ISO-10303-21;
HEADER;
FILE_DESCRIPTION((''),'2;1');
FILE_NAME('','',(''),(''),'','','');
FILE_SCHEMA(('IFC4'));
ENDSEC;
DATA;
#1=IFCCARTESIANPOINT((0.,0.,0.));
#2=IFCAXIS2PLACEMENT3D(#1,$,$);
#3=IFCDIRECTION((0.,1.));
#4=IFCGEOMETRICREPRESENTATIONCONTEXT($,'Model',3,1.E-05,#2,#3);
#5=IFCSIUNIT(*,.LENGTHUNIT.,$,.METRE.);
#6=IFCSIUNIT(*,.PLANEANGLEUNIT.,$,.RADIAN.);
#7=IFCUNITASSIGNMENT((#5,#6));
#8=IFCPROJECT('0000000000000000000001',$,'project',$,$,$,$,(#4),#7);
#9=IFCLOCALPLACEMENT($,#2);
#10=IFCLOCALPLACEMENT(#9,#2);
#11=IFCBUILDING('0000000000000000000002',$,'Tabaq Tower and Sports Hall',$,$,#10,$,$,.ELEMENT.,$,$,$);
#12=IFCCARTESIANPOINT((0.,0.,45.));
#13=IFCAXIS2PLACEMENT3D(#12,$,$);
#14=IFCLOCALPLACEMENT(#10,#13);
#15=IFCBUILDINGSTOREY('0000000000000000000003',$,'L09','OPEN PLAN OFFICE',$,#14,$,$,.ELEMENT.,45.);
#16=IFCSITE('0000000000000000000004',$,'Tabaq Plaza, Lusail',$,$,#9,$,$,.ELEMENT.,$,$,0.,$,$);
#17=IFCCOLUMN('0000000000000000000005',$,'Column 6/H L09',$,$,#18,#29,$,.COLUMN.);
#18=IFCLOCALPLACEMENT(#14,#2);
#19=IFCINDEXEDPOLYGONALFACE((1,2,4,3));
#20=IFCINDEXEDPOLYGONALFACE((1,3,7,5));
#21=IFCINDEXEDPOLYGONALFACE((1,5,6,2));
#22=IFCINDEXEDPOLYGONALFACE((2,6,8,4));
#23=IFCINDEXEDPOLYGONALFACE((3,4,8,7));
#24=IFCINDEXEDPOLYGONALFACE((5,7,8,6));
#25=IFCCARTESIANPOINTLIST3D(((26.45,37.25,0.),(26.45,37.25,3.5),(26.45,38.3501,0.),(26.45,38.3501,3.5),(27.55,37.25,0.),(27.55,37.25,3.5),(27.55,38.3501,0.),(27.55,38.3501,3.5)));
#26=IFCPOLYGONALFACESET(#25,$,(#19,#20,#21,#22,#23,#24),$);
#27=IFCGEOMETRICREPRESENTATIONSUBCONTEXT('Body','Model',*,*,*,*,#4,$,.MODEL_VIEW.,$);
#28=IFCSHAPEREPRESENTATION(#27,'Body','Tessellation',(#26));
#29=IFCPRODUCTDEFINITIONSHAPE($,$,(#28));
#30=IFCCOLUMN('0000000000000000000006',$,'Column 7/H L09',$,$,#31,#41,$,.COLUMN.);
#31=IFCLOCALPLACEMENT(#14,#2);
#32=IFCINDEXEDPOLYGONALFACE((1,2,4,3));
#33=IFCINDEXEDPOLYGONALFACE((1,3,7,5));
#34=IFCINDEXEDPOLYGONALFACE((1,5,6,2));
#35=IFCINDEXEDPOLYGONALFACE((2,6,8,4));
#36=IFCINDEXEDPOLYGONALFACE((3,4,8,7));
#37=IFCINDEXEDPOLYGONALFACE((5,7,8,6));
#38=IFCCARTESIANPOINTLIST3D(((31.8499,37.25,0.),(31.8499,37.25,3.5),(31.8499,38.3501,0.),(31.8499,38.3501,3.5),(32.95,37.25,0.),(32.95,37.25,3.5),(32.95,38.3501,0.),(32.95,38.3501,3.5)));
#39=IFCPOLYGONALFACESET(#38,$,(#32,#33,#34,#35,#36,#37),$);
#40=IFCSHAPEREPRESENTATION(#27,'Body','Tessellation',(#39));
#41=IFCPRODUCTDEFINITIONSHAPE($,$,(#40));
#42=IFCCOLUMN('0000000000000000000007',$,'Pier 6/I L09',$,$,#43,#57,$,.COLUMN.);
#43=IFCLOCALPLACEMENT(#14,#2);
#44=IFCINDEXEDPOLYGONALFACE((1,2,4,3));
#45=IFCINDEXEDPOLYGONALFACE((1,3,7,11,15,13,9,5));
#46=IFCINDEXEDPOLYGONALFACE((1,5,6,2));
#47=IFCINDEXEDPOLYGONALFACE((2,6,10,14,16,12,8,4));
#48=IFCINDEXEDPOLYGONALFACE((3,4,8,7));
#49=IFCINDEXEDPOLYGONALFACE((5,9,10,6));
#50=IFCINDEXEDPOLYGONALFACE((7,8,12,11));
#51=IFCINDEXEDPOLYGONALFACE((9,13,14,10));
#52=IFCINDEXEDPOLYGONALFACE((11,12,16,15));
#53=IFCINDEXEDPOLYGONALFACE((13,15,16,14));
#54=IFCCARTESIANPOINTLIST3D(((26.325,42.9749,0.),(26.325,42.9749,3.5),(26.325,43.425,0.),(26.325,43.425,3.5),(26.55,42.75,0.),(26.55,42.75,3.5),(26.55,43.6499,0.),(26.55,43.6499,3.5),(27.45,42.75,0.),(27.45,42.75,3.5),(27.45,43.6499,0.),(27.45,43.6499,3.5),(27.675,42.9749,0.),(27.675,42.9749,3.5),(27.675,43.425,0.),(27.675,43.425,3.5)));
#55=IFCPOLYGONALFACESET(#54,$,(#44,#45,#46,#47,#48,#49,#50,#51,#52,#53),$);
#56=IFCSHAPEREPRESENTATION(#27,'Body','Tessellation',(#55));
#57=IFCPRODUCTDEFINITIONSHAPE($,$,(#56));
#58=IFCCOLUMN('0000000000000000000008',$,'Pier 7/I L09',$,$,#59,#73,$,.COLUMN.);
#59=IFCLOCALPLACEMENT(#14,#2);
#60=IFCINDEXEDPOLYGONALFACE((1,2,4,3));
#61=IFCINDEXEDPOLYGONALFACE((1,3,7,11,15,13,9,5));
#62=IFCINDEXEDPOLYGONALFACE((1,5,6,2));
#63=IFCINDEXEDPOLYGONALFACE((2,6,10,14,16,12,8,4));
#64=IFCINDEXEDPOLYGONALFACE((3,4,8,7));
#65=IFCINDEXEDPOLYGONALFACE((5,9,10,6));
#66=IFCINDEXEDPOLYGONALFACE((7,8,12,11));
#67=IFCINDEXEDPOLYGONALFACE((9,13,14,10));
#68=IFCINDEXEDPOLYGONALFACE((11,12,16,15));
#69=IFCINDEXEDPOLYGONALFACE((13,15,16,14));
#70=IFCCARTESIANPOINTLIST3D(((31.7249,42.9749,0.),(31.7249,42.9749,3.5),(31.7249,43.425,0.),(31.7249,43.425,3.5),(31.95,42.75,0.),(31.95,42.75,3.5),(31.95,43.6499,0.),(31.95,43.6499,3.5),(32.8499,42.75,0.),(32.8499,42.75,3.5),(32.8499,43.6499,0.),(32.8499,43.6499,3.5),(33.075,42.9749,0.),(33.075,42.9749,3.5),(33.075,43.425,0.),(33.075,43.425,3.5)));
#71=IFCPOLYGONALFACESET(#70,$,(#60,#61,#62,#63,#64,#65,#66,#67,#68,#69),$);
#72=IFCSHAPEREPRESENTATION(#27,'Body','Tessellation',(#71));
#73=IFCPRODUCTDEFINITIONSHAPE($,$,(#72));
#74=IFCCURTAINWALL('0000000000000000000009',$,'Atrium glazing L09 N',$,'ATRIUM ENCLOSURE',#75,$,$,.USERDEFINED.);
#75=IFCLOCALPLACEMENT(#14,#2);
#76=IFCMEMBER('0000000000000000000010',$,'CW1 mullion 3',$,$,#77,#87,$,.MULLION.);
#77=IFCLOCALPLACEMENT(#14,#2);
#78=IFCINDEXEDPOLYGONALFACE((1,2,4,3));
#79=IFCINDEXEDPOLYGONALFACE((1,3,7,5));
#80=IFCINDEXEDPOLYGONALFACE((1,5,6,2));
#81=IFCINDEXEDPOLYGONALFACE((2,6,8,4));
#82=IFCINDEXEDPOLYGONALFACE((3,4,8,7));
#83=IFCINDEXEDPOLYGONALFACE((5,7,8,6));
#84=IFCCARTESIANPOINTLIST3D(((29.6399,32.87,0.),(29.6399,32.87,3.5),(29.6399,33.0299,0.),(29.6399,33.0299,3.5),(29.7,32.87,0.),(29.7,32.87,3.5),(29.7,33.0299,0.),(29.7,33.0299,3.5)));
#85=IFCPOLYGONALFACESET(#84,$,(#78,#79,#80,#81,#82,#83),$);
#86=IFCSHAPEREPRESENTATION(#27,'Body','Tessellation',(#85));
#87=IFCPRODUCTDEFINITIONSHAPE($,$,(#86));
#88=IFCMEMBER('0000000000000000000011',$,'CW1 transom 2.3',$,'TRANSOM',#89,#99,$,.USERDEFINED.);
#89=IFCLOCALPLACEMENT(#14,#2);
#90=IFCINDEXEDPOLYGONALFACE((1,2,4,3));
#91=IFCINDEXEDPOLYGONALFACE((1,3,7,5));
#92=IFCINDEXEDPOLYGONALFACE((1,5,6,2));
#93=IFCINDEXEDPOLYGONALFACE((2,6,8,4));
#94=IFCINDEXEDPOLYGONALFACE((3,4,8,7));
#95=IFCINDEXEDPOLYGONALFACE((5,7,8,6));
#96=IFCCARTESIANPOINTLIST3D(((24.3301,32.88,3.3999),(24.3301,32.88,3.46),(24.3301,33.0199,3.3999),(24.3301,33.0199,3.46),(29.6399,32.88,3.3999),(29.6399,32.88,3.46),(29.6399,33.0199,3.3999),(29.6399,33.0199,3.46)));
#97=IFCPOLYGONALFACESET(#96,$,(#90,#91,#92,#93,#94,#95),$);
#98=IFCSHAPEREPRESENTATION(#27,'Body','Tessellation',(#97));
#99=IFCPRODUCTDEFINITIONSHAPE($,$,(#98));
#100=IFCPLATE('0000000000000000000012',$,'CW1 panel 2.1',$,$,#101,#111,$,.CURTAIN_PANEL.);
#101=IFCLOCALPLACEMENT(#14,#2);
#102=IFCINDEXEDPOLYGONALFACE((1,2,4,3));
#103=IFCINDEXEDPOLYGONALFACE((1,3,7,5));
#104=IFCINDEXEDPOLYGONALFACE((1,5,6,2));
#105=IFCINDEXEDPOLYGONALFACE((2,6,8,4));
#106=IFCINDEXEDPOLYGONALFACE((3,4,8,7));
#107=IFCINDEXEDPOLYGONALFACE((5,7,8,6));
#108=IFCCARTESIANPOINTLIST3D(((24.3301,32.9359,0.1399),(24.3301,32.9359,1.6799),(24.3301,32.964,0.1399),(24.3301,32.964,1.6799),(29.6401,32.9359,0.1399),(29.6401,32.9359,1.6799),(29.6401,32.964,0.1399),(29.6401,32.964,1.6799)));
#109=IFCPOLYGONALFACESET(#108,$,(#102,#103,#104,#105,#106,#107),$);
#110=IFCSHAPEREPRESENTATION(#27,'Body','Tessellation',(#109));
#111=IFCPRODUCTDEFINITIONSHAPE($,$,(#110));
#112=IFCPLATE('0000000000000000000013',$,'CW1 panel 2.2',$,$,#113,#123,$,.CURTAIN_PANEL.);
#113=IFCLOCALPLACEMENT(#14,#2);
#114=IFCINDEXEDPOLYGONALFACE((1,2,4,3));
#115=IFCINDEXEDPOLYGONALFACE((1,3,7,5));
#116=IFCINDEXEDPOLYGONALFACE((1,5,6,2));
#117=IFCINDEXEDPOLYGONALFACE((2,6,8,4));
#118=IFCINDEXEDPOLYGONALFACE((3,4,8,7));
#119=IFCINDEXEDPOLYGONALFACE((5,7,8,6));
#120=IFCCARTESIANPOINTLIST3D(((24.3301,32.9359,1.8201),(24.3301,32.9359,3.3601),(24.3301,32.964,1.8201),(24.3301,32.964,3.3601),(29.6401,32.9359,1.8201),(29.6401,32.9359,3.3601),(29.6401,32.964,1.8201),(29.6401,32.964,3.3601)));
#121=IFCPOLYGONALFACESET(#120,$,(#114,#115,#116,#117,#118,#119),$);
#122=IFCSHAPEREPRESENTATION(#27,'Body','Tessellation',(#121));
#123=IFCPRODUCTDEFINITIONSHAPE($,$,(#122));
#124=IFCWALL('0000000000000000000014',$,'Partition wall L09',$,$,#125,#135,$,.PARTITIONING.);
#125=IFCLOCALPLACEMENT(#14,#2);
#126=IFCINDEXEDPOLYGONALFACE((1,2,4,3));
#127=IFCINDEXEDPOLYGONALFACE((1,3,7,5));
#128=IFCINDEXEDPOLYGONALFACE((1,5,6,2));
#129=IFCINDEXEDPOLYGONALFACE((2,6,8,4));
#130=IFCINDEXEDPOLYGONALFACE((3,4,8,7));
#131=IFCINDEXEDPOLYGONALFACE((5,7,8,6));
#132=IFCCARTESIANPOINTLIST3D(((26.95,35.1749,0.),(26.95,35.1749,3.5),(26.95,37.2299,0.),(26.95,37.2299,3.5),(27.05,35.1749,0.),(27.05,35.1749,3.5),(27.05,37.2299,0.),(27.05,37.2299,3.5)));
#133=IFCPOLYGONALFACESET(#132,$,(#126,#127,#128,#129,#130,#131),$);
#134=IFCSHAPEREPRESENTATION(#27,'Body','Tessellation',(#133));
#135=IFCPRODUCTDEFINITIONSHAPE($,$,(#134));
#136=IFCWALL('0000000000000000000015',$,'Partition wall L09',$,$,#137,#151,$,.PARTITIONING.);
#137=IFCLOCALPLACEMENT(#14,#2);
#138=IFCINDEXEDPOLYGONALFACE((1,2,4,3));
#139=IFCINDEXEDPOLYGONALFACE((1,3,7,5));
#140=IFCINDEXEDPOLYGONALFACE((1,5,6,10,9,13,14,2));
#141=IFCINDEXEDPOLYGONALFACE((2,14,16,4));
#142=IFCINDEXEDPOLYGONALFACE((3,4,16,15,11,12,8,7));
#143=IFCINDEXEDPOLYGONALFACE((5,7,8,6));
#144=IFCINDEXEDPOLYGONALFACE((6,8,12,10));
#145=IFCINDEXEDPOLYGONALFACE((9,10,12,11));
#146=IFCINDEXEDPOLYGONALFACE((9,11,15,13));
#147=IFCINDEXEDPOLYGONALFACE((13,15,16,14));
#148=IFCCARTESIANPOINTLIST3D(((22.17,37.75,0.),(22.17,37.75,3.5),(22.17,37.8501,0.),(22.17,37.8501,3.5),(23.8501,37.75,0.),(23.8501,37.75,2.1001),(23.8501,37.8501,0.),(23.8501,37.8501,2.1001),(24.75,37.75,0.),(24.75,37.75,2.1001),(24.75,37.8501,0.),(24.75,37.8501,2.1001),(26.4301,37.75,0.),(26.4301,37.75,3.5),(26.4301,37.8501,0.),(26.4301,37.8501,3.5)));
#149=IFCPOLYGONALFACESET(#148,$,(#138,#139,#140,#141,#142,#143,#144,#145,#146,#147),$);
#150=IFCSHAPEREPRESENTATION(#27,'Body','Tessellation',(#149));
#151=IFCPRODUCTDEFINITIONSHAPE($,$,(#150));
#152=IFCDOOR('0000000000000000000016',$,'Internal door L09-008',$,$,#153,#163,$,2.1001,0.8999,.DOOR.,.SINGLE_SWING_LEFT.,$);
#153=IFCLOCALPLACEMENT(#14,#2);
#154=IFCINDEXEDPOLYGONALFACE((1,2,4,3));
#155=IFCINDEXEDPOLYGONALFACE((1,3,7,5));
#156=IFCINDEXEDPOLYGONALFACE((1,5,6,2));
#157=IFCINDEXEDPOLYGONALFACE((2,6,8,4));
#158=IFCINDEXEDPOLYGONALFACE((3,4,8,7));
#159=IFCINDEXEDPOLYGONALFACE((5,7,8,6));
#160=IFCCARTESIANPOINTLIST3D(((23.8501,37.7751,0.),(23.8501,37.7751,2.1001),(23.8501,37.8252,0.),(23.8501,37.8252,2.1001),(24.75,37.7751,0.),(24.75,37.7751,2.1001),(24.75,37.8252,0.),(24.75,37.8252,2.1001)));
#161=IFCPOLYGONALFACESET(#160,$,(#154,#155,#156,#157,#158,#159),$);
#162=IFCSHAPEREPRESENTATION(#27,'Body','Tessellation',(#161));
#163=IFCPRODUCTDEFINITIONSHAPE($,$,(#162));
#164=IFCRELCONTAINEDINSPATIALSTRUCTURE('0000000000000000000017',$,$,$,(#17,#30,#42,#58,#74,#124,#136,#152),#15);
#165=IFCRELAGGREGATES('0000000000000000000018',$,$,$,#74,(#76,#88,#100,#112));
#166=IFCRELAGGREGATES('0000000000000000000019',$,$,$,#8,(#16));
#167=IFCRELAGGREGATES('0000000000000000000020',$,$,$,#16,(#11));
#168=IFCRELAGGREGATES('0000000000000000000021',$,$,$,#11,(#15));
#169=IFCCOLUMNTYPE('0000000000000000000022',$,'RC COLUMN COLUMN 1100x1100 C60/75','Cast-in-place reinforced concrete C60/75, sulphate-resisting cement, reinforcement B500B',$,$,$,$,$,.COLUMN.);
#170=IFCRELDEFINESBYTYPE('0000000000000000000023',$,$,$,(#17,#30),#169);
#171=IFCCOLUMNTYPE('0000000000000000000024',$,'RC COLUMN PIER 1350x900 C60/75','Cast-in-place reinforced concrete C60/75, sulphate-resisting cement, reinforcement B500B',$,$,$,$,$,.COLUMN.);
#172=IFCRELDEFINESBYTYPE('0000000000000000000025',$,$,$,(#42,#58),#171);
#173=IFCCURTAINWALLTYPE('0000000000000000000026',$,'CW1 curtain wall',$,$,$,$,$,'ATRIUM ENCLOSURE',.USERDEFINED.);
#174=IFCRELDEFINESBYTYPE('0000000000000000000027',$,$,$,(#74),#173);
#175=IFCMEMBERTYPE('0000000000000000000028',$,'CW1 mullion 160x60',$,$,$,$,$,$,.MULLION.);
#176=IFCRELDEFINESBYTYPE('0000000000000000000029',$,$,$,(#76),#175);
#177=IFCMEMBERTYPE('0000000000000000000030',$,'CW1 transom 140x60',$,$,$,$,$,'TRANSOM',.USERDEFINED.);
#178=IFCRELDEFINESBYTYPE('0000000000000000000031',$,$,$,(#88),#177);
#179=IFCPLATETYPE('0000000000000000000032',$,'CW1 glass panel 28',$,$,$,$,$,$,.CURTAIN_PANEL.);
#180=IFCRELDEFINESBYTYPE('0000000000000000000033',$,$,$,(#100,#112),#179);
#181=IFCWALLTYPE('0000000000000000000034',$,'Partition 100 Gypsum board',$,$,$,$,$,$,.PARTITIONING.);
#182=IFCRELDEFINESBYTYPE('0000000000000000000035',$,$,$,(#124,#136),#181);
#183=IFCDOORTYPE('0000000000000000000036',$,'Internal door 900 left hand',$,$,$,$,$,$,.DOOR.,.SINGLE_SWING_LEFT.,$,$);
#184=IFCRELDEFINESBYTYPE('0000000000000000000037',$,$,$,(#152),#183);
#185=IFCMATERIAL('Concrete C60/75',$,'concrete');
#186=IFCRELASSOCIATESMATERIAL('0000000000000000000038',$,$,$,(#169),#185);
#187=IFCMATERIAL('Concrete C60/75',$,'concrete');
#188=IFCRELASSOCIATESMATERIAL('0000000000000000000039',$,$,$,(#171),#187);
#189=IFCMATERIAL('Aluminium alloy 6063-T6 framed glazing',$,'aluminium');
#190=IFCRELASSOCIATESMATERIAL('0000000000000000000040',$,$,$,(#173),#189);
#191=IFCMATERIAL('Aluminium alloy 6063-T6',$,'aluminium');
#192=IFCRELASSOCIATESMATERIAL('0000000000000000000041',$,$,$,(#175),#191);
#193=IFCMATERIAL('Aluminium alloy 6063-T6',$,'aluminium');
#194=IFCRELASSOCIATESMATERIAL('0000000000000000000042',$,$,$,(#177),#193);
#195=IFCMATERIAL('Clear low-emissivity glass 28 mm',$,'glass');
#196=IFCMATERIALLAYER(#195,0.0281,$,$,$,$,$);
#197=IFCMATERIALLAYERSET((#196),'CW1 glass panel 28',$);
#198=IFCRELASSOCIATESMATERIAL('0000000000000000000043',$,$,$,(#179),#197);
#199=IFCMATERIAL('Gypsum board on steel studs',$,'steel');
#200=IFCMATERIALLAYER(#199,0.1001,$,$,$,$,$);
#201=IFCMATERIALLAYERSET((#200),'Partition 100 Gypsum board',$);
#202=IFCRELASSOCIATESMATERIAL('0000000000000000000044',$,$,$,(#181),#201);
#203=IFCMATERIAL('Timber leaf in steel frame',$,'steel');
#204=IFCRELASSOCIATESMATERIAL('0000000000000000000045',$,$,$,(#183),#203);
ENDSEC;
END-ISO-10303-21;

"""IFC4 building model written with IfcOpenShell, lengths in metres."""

from ifc_helpers import new_model, si_unit, direction, frame, frame_2d, origin, origin_2d, place, context, subcontext, project, spatial, polyline, rectangle, outline, extrude, material, layer, layer_set, material_profile, profile_set, type_object, element, fill, aggregate, save


model = new_model("IFC4")

# Units and contexts
model_context = context("Model", 3, precision=1e-05, world=origin(), true_north=direction((0.0, 1.0)))
body_context = subcontext(model_context, "Body", "Model", "MODEL_VIEW")
ifc_project = project(units=[si_unit("LENGTHUNIT", "METRE"), si_unit("PLANEANGLEUNIT", "RADIAN")], contexts=[model_context])

# Site, building, storey
site_placement = place(None, origin())
site = spatial("IfcSite", under=ifc_project, at=site_placement, Name="Tabaq Plaza, Lusail", CompositionType="ELEMENT", RefElevation=0.0)
building_placement = place(site_placement, origin())
building = spatial("IfcBuilding", under=site, at=building_placement, Name="Tabaq Tower and Sports Hall", CompositionType="ELEMENT")
storey_placement = place(building_placement, frame((0.0, 0.0, 45.0)))
storey = spatial("IfcBuildingStorey", under=building, at=storey_placement, Name="L09", Description="OPEN PLAN OFFICE", CompositionType="ELEMENT", Elevation=45.0)

# Columns
ifc_material_1 = material(Name="Concrete C60/75", Category="concrete")
ifc_material_profile_1 = material_profile(ifc_material_1, rectangle(XDim=1.1001, YDim=1.1001, at=origin_2d()), Name="COLUMN 1100x1100")
ifc_profile_set_1 = profile_set([ifc_material_profile_1], Name="Concrete C60/75")
column_type_1 = type_object("IfcColumnType", Name="RC COLUMN COLUMN 1100x1100 C60/75", Description="Cast-in-place reinforced concrete C60/75, sulphate-resisting cement, reinforcement B500B", PredefinedType="COLUMN", material=ifc_profile_set_1)
for number, where, z_axis, x_axis, name in (
    (1, (27.0, 37.8, 0.0), (0.0, 0.0, 1.0), (1.0, 0.0, 0.0), "Column 6/H L09"),
    (2, (32.3999, 37.8, 0.0), (0.0, 0.0, 1.0), (1.0, 0.0, 0.0), "Column 7/H L09"),
):
    element("IfcColumn", number, at=place(storey_placement, frame(where, z_axis=z_axis, x_axis=x_axis)), inside=storey, type_object=column_type_1, Name=name, PredefinedType="COLUMN", context=body_context, shape_type="SweptSolid", body=[
        extrude(rectangle(XDim=1.1001, YDim=1.1001, at=origin_2d()), origin(), (0.0, 0.0, 1.0), 3.5),
    ])
ifc_material_2 = material(Name="Concrete C60/75", Category="concrete")
ifc_material_profile_2 = material_profile(ifc_material_2, outline(polyline([(-0.45, -0.45), (0.45, -0.45), (0.675, -0.2251), (0.675, 0.2251), (0.45, 0.45), (-0.45, 0.45), (-0.675, 0.2251), (-0.675, -0.2251), (-0.45, -0.45)])), Name="PIER 1350x900")
ifc_profile_set_2 = profile_set([ifc_material_profile_2], Name="Concrete C60/75")
column_type_2 = type_object("IfcColumnType", Name="RC COLUMN PIER 1350x900 C60/75", Description="Cast-in-place reinforced concrete C60/75, sulphate-resisting cement, reinforcement B500B", PredefinedType="COLUMN", material=ifc_profile_set_2)
for number, where, z_axis, x_axis, name in (
    (3, (27.0, 43.2, 0.0), (0.0, 0.0, 1.0), (1.0, 0.0, 0.0), "Pier 6/I L09"),
    (4, (32.3999, 43.2, 0.0), (0.0, 0.0, 1.0), (1.0, 0.0, 0.0), "Pier 7/I L09"),
):
    element("IfcColumn", number, at=place(storey_placement, frame(where, z_axis=z_axis, x_axis=x_axis)), inside=storey, type_object=column_type_2, Name=name, PredefinedType="COLUMN", context=body_context, shape_type="SweptSolid", body=[
        extrude(outline(polyline([(-0.45, -0.45), (0.45, -0.45), (0.675, -0.2251), (0.675, 0.2251), (0.45, 0.45), (-0.45, 0.45), (-0.675, 0.2251), (-0.675, -0.2251), (-0.45, -0.45)])), origin(), (0.0, 0.0, 1.0), 3.5),
    ])

# Curtain wall, members, plates
ifc_material_3 = material(Name="Aluminium alloy 6063-T6 framed glazing", Category="aluminium")
curtain_wall_type = type_object("IfcCurtainWallType", Name="CW1 curtain wall", ElementType="ATRIUM ENCLOSURE", PredefinedType="USERDEFINED", material=ifc_material_3)
curtain_wall_placement = place(storey_placement, origin())
curtain_wall = element("IfcCurtainWall", 5, at=curtain_wall_placement, inside=storey, type_object=curtain_wall_type, Name="Atrium glazing L09 N", ObjectType="ATRIUM ENCLOSURE", PredefinedType="USERDEFINED")
ifc_material_4 = material(Name="Aluminium alloy 6063-T6", Category="aluminium")
ifc_material_profile_3 = material_profile(ifc_material_4, rectangle(XDim=0.1599, YDim=0.0601, at=origin_2d()), Name="MULLION 160x60")
ifc_profile_set_3 = profile_set([ifc_material_profile_3], Name="Aluminium alloy 6063-T6")
member_type_1 = type_object("IfcMemberType", Name="CW1 mullion 160x60", PredefinedType="MULLION", material=ifc_profile_set_3)
member_1_placement = place(storey_placement, frame((29.6699, 32.95, 0.0), z_axis=(0.0, 0.0, 1.0), x_axis=(0.0, 1.0, 0.0)))
member_1 = element("IfcMember", 6, at=member_1_placement, type_object=member_type_1, Name="CW1 mullion 3", PredefinedType="MULLION", context=body_context, shape_type="SweptSolid", body=[
    extrude(rectangle(XDim=0.1599, YDim=0.0601, at=origin_2d()), origin(), (0.0, 0.0, 1.0), 3.5),
])
ifc_material_5 = material(Name="Aluminium alloy 6063-T6", Category="aluminium")
ifc_material_profile_4 = material_profile(ifc_material_5, rectangle(XDim=0.1399, YDim=0.0601, at=origin_2d()), Name="TRANSOM 140x60")
ifc_profile_set_4 = profile_set([ifc_material_profile_4], Name="Aluminium alloy 6063-T6")
member_type_2 = type_object("IfcMemberType", Name="CW1 transom 140x60", ElementType="TRANSOM", PredefinedType="USERDEFINED", material=ifc_profile_set_4)
member_2_placement = place(storey_placement, frame((24.3301, 32.95, 3.4299), z_axis=(1.0, 0.0, 0.0), x_axis=(0.0, 1.0, 0.0)))
member_2 = element("IfcMember", 7, at=member_2_placement, type_object=member_type_2, Name="CW1 transom 2.3", ObjectType="TRANSOM", PredefinedType="USERDEFINED", context=body_context, shape_type="SweptSolid", body=[
    extrude(rectangle(XDim=0.1399, YDim=0.0601, at=origin_2d()), origin(), (0.0, 0.0, 1.0), 5.3098),
])
ifc_material_6 = material(Name="Clear low-emissivity glass 28 mm", Category="glass")
ifc_layer_1 = layer(ifc_material_6, 0.0281)
ifc_layer_set_1 = layer_set([ifc_layer_1], Name="CW1 glass panel 28")
plate_type = type_object("IfcPlateType", Name="CW1 glass panel 28", PredefinedType="CURTAIN_PANEL", material=ifc_layer_set_1)
plate_1_placement = place(storey_placement, frame((26.9851, 32.95, 0.1399), z_axis=(0.0, 0.0, 1.0), x_axis=(1.0, 0.0, 0.0)))
plate_1 = element("IfcPlate", 8, at=plate_1_placement, type_object=plate_type, Name="CW1 panel 2.1", PredefinedType="CURTAIN_PANEL", context=body_context, shape_type="SweptSolid", body=[
    extrude(rectangle(XDim=5.3101, YDim=0.0281, at=origin_2d()), origin(), (0.0, 0.0, 1.0), 1.54),
])
plate_2_placement = place(storey_placement, frame((26.9851, 32.95, 1.8201), z_axis=(0.0, 0.0, 1.0), x_axis=(1.0, 0.0, 0.0)))
plate_2 = element("IfcPlate", 9, at=plate_2_placement, type_object=plate_type, Name="CW1 panel 2.2", PredefinedType="CURTAIN_PANEL", context=body_context, shape_type="SweptSolid", body=[
    extrude(rectangle(XDim=5.3101, YDim=0.0281, at=origin_2d()), origin(), (0.0, 0.0, 1.0), 1.54),
])
aggregate(curtain_wall, [member_1, member_2, plate_1, plate_2])

# Wall
ifc_material_7 = material(Name="Gypsum board on steel studs", Category="steel")
ifc_layer_2 = layer(ifc_material_7, 0.1001)
ifc_layer_set_2 = layer_set([ifc_layer_2], Name="Partition 100 Gypsum board")
wall_type_1 = type_object("IfcWallType", Name="Partition 100 Gypsum board", PredefinedType="PARTITIONING", material=ifc_layer_set_2)
wall_1_placement = place(storey_placement, frame((27.0, 35.175, 0.0), z_axis=(0.0, 0.0, 1.0), x_axis=(0.0, 1.0, 0.0)))
element("IfcWall", 10, at=wall_1_placement, inside=storey, type_object=wall_type_1, Name="Partition wall L09", PredefinedType="PARTITIONING", context=body_context, shape_type="SweptSolid", body=[
    extrude(rectangle(XDim=2.0549, YDim=0.1001, at=frame_2d((1.0273, 0.0))), origin(), (0.0, 0.0, 1.0), 3.5),
])

# Wall, opening, door
wall_2_placement = place(storey_placement, frame((26.4299, 37.8, 0.0), z_axis=(0.0, 0.0, 1.0), x_axis=(-1.0, 0.0, 0.0)))
wall_2 = element("IfcWall", 11, at=wall_2_placement, inside=storey, type_object=wall_type_1, Name="Partition wall L09", PredefinedType="PARTITIONING", context=body_context, shape_type="SweptSolid", body=[
    extrude(rectangle(XDim=4.26, YDim=0.1001, at=frame_2d((2.1299, 0.0))), origin(), (0.0, 0.0, 1.0), 3.5),
])
opening_1_placement = place(wall_2_placement, frame((1.6799, 0.0, 0.0)))
opening_1 = element("IfcOpeningElement", 12, at=opening_1_placement, cuts=wall_2, PredefinedType="OPENING", context=body_context, shape_type="SweptSolid", body=[
    extrude(rectangle(XDim=0.8999, YDim=2.1001, at=frame_2d((0.45, 1.05))), frame((0.0, 0.05, 0.0), z_axis=(0.0, -1.0, 0.0), x_axis=(1.0, 0.0, 0.0)), (0.0, 0.0, 1.0), 0.1001),
])
ifc_material_8 = material(Name="Timber leaf in steel frame", Category="steel")
door_type_1 = type_object("IfcDoorType", Name="Internal door 900 left hand", OperationType="SINGLE_SWING_LEFT", PredefinedType="DOOR", material=ifc_material_8)
door_1_placement = place(opening_1_placement, origin())
door_1 = element("IfcDoor", 13, at=door_1_placement, inside=storey, type_object=door_type_1, Name="Internal door L09-008", OperationType="SINGLE_SWING_LEFT", OverallHeight=2.1001, OverallWidth=0.8999, PredefinedType="DOOR", context=body_context, shape_type="SweptSolid", body=[
    extrude(rectangle(XDim=0.8999, YDim=2.1001, at=frame_2d((0.45, 1.05))), frame((0.0, 0.0249, 0.0), z_axis=(0.0, -1.0, 0.0), x_axis=(1.0, 0.0, 0.0)), (0.0, 0.0, 1.0), 0.05),
])
fill(opening_1, door_1)

save(model, "model.ifc")
